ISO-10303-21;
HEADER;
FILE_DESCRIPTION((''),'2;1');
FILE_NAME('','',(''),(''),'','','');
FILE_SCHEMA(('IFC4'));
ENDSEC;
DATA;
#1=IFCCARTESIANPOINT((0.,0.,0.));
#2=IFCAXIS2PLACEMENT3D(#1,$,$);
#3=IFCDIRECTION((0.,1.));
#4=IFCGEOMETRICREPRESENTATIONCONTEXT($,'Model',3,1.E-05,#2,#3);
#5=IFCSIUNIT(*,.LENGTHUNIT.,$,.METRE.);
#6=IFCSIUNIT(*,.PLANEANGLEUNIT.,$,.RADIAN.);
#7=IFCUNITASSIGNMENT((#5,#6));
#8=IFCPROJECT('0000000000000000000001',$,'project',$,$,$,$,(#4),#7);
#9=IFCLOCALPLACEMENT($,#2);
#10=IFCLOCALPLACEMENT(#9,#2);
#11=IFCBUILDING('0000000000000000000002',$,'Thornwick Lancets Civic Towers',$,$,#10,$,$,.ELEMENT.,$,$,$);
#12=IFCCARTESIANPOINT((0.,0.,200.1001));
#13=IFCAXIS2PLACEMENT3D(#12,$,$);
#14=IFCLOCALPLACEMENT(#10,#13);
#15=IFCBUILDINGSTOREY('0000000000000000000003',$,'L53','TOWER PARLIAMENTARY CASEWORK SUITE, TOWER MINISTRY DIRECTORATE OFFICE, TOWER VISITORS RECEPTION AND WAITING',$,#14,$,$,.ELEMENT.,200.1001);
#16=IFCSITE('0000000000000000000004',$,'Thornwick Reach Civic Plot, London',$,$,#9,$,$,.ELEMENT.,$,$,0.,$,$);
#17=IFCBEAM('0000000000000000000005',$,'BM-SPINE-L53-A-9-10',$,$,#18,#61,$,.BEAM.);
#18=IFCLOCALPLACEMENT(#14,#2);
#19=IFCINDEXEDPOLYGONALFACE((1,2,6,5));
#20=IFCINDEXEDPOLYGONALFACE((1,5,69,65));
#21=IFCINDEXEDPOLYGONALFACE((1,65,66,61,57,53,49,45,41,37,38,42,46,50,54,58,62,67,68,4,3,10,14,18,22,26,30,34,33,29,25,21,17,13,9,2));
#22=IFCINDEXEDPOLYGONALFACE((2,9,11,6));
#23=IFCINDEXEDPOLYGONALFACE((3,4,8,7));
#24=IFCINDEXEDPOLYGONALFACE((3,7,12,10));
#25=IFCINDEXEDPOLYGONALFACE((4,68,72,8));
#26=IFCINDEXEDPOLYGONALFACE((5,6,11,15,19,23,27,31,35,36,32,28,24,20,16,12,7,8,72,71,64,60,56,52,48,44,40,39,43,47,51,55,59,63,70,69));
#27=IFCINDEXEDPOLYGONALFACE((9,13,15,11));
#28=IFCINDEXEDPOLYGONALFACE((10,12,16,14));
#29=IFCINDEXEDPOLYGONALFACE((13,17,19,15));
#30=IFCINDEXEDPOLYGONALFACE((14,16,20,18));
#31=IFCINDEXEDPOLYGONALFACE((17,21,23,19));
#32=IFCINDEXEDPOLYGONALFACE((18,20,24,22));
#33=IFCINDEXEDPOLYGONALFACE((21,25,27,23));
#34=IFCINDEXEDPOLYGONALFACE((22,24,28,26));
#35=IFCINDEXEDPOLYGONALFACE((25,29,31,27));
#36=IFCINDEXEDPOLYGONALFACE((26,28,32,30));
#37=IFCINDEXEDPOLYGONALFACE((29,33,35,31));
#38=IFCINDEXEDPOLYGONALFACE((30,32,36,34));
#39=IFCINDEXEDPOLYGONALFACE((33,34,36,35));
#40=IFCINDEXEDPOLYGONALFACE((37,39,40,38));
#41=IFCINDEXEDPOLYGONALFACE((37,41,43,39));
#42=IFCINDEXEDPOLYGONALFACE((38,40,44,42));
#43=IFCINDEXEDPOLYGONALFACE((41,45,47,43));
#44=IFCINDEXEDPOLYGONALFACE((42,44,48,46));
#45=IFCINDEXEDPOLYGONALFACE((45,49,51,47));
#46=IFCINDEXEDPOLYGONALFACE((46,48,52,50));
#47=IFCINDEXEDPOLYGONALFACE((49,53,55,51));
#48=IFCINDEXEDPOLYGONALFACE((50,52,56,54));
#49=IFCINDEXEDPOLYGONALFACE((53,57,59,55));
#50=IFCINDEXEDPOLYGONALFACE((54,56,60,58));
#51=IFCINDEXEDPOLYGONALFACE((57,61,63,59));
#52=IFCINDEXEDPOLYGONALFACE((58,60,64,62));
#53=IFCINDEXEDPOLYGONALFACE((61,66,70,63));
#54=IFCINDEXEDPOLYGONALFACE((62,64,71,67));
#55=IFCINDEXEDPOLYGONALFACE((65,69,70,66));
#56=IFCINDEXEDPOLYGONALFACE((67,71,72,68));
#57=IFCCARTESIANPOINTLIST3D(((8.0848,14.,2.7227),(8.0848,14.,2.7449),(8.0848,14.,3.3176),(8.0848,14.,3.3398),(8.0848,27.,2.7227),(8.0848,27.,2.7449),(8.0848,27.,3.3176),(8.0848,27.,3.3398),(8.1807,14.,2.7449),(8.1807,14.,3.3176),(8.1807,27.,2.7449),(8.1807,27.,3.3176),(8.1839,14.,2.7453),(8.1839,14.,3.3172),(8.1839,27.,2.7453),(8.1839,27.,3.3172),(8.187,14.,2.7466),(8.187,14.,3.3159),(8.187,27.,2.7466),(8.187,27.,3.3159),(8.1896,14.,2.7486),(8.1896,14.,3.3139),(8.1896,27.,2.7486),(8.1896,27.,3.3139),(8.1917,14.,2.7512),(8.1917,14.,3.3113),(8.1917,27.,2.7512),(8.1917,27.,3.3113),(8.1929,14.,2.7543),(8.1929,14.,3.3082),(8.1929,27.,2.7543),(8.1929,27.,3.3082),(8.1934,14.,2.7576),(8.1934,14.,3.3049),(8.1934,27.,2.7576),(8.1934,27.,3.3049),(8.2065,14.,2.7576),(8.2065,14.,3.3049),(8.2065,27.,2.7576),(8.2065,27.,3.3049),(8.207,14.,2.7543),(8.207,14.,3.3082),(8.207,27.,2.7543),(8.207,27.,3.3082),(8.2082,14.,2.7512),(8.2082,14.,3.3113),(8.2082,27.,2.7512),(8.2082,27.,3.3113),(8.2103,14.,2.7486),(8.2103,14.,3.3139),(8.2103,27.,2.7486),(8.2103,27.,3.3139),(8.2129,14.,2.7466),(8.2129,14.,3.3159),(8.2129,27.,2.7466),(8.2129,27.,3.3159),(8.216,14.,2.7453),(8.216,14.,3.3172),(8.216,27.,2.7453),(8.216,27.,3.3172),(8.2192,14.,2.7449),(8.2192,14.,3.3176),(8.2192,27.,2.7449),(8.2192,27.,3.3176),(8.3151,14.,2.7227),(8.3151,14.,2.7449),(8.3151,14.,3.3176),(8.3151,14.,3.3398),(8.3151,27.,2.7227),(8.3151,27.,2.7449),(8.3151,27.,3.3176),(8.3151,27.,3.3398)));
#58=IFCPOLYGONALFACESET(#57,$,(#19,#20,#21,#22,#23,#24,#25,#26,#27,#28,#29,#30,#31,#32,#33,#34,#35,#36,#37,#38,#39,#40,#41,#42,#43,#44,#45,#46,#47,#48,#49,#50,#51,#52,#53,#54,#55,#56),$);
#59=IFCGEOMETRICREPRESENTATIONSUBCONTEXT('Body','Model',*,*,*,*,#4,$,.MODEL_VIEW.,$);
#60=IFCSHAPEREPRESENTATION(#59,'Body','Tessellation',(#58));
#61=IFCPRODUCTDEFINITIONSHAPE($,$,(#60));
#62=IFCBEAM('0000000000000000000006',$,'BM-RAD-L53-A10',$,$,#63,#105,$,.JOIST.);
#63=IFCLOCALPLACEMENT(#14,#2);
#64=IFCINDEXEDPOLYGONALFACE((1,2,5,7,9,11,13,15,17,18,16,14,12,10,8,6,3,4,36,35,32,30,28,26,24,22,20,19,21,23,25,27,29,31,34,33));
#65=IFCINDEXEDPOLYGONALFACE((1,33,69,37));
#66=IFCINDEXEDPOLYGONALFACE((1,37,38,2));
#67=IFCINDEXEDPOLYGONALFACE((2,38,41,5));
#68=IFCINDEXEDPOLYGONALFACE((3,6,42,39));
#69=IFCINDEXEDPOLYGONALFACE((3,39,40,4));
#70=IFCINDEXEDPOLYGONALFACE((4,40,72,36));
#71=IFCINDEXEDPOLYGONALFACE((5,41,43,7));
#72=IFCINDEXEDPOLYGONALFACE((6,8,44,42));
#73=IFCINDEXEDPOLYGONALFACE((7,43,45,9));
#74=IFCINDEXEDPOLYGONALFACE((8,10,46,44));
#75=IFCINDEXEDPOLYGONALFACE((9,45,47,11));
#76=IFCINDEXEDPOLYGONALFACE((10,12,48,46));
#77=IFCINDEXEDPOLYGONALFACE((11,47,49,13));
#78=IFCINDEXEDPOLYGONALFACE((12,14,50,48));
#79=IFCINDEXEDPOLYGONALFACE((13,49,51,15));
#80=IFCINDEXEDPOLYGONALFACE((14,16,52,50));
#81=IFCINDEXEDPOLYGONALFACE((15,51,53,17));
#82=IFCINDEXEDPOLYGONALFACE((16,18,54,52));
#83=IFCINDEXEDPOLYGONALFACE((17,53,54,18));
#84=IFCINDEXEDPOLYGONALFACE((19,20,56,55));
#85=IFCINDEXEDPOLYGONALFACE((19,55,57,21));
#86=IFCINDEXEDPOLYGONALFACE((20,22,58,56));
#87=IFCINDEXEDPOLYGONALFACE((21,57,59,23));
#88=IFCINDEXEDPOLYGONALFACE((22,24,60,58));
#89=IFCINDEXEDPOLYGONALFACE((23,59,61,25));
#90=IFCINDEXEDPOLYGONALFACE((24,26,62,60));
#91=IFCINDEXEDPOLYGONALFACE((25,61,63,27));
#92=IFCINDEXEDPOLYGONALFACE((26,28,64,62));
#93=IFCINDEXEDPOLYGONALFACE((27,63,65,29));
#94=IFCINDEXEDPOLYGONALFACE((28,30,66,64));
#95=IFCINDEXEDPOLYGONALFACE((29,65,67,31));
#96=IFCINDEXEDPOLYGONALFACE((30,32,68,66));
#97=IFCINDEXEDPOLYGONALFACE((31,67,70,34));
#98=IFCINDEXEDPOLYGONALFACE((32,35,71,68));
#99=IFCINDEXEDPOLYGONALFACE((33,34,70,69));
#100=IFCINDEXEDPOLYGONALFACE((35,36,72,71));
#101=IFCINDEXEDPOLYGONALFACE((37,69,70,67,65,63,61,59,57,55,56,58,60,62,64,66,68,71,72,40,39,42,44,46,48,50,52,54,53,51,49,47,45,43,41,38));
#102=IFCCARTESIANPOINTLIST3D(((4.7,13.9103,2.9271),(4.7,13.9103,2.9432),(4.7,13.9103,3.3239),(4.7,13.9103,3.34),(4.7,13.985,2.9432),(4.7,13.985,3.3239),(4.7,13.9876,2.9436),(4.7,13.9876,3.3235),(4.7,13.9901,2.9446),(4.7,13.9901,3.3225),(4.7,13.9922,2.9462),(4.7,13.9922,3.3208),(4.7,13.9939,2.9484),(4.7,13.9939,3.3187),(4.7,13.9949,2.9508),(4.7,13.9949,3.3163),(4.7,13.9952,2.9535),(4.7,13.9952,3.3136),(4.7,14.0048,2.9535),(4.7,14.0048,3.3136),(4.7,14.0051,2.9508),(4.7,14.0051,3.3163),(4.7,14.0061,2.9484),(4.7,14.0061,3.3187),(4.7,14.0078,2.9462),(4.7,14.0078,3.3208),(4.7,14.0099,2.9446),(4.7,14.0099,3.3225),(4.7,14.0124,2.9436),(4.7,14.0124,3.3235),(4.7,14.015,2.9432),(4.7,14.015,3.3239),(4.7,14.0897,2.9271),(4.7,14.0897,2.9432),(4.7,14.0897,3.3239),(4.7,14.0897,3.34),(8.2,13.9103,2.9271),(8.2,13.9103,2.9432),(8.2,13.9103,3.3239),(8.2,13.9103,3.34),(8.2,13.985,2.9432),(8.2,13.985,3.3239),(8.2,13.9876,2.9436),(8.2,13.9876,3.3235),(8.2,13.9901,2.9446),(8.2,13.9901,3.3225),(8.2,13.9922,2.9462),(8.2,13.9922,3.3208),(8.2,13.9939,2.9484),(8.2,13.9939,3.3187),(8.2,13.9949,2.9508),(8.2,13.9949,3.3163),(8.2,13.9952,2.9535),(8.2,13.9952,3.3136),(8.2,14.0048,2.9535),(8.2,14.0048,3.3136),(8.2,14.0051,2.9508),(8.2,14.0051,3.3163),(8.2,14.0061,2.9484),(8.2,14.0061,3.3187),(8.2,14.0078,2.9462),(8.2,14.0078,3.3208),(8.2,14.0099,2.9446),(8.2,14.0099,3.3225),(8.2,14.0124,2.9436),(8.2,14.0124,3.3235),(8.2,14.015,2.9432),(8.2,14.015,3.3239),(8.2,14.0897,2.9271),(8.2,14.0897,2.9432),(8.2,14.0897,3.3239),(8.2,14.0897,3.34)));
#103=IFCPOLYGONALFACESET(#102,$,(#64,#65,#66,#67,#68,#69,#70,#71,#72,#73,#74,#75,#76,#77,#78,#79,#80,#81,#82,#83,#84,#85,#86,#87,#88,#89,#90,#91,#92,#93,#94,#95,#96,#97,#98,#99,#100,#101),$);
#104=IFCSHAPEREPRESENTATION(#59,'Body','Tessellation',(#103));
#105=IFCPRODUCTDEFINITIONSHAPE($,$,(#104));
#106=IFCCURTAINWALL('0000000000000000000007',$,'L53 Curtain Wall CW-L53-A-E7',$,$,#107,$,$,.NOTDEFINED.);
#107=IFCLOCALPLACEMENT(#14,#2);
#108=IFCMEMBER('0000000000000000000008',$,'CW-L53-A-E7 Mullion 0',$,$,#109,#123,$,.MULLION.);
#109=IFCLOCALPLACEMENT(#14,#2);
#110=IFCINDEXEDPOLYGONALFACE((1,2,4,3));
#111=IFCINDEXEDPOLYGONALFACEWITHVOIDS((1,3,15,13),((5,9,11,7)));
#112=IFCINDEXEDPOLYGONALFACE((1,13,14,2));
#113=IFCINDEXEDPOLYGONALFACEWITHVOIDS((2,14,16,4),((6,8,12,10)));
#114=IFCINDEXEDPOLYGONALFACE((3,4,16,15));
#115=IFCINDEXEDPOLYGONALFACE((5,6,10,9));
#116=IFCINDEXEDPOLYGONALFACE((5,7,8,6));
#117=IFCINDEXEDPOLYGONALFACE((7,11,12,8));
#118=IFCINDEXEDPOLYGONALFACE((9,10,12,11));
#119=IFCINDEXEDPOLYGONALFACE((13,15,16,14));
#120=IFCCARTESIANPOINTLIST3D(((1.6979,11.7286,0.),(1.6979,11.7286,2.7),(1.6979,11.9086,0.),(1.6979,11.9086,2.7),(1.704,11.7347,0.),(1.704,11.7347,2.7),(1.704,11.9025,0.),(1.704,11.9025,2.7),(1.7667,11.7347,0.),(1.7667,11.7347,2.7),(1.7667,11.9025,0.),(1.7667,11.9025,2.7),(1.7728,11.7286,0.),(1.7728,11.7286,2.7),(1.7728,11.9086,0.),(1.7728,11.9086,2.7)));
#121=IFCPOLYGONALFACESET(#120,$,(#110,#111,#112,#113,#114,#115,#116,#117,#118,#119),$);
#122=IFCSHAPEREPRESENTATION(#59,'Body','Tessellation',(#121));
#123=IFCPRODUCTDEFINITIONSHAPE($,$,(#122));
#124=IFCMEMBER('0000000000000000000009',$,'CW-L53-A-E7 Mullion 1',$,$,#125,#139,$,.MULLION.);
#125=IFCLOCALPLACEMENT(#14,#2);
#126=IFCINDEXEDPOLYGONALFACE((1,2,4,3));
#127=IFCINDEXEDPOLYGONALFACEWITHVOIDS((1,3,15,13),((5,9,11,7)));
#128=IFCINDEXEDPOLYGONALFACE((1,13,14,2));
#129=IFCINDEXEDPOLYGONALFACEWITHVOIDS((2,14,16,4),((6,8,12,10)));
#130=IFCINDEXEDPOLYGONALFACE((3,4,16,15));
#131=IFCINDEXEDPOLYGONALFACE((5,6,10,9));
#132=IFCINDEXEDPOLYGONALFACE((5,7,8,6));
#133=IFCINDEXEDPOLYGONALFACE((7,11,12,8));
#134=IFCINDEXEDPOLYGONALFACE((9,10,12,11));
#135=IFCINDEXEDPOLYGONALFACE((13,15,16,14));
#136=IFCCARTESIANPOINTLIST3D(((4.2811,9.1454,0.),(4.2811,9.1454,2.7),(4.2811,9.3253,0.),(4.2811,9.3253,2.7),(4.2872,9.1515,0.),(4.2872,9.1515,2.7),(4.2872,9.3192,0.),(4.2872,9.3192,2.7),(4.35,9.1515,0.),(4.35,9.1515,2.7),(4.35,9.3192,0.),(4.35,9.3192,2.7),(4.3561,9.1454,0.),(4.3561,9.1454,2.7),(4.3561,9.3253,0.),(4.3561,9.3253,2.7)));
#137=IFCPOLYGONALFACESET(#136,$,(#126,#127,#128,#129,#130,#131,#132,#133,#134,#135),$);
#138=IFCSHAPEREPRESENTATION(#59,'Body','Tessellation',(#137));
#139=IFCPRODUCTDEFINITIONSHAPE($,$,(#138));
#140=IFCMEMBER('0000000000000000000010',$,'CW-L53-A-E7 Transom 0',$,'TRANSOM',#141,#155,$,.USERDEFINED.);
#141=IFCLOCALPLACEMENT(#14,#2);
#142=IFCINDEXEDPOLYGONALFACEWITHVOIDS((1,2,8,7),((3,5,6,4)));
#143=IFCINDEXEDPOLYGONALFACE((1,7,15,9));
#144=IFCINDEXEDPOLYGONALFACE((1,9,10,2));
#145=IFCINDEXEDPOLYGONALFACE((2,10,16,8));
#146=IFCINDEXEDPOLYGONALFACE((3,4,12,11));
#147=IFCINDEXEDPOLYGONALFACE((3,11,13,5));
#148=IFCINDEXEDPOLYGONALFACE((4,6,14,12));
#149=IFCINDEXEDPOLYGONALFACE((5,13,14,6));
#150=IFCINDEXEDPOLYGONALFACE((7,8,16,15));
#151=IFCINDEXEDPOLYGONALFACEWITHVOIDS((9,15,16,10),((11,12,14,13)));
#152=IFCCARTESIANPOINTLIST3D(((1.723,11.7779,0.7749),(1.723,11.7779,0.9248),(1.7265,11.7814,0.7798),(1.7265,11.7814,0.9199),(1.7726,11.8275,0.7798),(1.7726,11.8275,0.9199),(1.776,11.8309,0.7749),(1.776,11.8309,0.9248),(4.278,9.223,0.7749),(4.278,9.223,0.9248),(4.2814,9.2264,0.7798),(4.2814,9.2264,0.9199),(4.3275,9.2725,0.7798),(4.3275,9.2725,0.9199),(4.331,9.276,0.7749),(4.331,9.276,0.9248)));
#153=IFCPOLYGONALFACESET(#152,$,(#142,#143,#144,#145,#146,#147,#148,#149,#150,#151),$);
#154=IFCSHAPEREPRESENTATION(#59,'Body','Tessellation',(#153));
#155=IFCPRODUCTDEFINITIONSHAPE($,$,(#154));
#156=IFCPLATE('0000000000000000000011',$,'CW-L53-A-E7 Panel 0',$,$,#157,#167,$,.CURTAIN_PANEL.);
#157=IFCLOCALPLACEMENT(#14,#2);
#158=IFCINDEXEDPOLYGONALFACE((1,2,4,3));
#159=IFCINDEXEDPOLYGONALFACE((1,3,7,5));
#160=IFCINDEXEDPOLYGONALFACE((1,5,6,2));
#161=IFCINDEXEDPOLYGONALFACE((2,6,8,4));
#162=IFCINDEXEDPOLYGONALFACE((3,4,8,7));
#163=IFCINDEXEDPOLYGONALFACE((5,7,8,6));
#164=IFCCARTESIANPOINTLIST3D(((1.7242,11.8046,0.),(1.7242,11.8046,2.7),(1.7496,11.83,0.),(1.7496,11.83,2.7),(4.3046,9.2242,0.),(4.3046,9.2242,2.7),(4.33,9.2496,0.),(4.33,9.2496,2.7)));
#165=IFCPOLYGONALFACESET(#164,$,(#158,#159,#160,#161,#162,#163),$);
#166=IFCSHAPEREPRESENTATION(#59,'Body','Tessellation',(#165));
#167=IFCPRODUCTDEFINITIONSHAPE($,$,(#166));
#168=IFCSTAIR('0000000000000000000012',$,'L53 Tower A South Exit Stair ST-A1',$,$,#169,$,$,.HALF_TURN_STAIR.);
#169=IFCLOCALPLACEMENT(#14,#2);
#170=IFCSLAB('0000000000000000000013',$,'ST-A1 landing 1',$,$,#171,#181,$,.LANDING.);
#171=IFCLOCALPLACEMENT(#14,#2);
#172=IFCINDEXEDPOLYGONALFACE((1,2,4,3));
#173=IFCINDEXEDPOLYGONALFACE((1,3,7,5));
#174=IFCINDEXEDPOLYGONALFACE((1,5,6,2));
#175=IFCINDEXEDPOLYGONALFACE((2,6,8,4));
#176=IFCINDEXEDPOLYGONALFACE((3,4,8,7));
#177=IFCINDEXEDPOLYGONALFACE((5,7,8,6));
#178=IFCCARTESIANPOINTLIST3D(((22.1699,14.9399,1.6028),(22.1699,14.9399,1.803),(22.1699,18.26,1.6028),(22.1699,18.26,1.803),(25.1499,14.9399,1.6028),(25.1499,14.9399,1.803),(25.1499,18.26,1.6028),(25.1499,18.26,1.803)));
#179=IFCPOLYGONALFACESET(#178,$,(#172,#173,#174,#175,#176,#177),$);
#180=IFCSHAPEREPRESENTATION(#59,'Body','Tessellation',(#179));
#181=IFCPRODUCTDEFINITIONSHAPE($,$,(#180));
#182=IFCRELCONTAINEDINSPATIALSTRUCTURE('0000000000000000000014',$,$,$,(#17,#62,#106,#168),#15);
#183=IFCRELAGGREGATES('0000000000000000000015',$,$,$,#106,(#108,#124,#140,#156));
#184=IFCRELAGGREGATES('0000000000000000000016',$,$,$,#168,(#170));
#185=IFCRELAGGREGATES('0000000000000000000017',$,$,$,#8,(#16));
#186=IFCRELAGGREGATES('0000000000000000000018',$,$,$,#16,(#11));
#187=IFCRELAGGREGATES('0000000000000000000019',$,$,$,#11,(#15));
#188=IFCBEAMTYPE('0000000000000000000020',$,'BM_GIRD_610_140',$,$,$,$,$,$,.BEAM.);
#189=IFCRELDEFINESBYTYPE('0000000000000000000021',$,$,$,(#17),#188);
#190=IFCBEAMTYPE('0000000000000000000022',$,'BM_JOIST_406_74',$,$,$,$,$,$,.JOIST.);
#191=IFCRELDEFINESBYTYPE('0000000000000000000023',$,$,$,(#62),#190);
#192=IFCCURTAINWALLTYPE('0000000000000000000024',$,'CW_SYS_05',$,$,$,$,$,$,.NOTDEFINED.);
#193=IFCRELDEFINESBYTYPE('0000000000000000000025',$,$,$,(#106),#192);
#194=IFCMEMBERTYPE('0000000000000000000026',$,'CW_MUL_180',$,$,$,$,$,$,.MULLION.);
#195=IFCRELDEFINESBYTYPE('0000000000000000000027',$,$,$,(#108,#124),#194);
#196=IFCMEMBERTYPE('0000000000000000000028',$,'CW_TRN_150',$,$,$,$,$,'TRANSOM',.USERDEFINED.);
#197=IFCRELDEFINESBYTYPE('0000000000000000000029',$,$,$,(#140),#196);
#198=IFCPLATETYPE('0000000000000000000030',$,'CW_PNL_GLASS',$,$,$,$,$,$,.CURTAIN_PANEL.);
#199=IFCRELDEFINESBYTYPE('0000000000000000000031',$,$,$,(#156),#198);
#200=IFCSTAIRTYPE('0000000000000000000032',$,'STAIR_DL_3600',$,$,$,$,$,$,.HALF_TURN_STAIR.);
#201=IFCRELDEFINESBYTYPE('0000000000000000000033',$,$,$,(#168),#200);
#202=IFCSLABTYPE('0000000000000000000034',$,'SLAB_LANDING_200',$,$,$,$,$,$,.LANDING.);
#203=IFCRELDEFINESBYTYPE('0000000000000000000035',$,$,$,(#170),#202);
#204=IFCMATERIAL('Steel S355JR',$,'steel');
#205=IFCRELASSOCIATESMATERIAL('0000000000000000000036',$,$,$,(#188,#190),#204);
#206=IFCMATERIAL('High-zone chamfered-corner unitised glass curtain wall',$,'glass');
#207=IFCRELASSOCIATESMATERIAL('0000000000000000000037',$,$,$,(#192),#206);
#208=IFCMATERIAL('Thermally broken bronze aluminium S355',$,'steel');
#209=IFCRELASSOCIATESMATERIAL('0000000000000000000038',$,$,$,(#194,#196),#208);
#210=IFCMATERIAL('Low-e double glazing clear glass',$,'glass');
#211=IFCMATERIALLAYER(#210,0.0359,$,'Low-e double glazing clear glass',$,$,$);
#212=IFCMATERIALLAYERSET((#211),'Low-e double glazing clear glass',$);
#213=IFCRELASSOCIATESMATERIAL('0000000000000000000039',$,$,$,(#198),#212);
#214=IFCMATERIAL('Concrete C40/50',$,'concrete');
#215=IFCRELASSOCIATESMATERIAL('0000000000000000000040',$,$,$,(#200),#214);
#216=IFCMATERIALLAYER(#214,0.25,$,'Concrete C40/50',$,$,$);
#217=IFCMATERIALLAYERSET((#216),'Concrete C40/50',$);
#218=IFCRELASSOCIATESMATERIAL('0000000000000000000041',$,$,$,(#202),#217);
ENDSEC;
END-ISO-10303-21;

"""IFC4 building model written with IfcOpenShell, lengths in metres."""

from ifc_helpers import new_model, si_unit, direction, frame, origin, origin_2d, place, context, subcontext, project, spatial, polyline, rectangle, hollow_rectangle, i_section, outline, extrude, material, layer, layer_set, material_profile, profile_set, type_object, element, aggregate, save


model = new_model("IFC4")

# Units and contexts
model_context = context("Model", 3, precision=1e-05, world=origin(), true_north=direction((0.0, 1.0)))
body_context = subcontext(model_context, "Body", "Model", "MODEL_VIEW")
ifc_project = project(units=[si_unit("LENGTHUNIT", "METRE"), si_unit("PLANEANGLEUNIT", "RADIAN")], contexts=[model_context])

# Site, building, storey
site_placement = place(None, origin())
site = spatial("IfcSite", under=ifc_project, at=site_placement, Name="Thornwick Reach Civic Plot, London", CompositionType="ELEMENT", RefElevation=0.0)
building_placement = place(site_placement, origin())
building = spatial("IfcBuilding", under=site, at=building_placement, Name="Thornwick Lancets Civic Towers", CompositionType="ELEMENT")
storey_placement = place(building_placement, frame((0.0, 0.0, 200.1001)))
storey = spatial("IfcBuildingStorey", under=building, at=storey_placement, Name="L53", Description="TOWER PARLIAMENTARY CASEWORK SUITE, TOWER MINISTRY DIRECTORATE OFFICE, TOWER VISITORS RECEPTION AND WAITING", CompositionType="ELEMENT", Elevation=200.1001)

# Shared definitions
ifc_material_1 = material(Name="Steel S355JR", Category="steel")

# Beams
ifc_material_profile_1 = material_profile(ifc_material_1, i_section(OverallWidth=0.2302, OverallDepth=0.6172, WebThickness=0.0132, FlangeThickness=0.0222, FilletRadius=0.0127, at=origin_2d()), Name="UKB 610x229x140")
ifc_profile_set_1 = profile_set([ifc_material_profile_1], Name="Steel S355JR")
beam_type_1 = type_object("IfcBeamType", Name="BM_GIRD_610_140", PredefinedType="BEAM", material=ifc_profile_set_1)
for number, where, z_axis, x_axis, name in (
    (1, (8.2, 14.0, 3.0312), (0.0, 1.0, 0.0), (-1.0, 0.0, 0.0), "BM-SPINE-L53-A-9-10"),
):
    element("IfcBeam", number, at=place(storey_placement, frame(where, z_axis=z_axis, x_axis=x_axis)), inside=storey, type_object=beam_type_1, Name=name, PredefinedType="BEAM", context=body_context, shape_type="SweptSolid", body=[
        extrude(i_section(OverallWidth=0.2302, OverallDepth=0.6172, WebThickness=0.0132, FlangeThickness=0.0222, FilletRadius=0.0127, at=origin_2d()), origin(), (0.0, 0.0, 1.0), 13.0),
    ])
ifc_material_profile_2 = material_profile(ifc_material_1, i_section(OverallWidth=0.1794, OverallDepth=0.4128, WebThickness=0.0095, FlangeThickness=0.0161, FilletRadius=0.0103, at=origin_2d()), Name="UKB 406x178x74")
ifc_profile_set_2 = profile_set([ifc_material_profile_2], Name="Steel S355JR")
beam_type_2 = type_object("IfcBeamType", Name="BM_JOIST_406_74", PredefinedType="JOIST", material=ifc_profile_set_2)
beam_1_placement = place(storey_placement, frame((8.2, 14.0, 3.1335), z_axis=(-1.0, 0.0, 0.0), x_axis=(0.0, -1.0, 0.0)))
element("IfcBeam", 2, at=beam_1_placement, inside=storey, type_object=beam_type_2, Name="BM-RAD-L53-A10", PredefinedType="JOIST", context=body_context, shape_type="SweptSolid", body=[
    extrude(i_section(OverallWidth=0.1794, OverallDepth=0.4128, WebThickness=0.0095, FlangeThickness=0.0161, FilletRadius=0.0103, at=origin_2d()), origin(), (0.0, 0.0, 1.0), 3.5),
])

# Curtain wall, members, plate
ifc_material_2 = material(Name="High-zone chamfered-corner unitised glass curtain wall", Category="glass")
curtain_wall_type = type_object("IfcCurtainWallType", Name="CW_SYS_05", PredefinedType="NOTDEFINED", material=ifc_material_2)
curtain_wall_placement = place(storey_placement, origin())
curtain_wall = element("IfcCurtainWall", 3, at=curtain_wall_placement, inside=storey, type_object=curtain_wall_type, Name="L53 Curtain Wall CW-L53-A-E7", PredefinedType="NOTDEFINED")
ifc_material_3 = material(Name="Thermally broken bronze aluminium S355", Category="steel")
ifc_material_profile_3 = material_profile(ifc_material_3, hollow_rectangle(XDim=0.075, YDim=0.1799, WallThickness=0.0061, at=origin_2d()), Name="RHS 180x75x6")
ifc_profile_set_3 = profile_set([ifc_material_profile_3], Name="Thermally broken bronze aluminium S355")
member_type_1 = type_object("IfcMemberType", Name="CW_MUL_180", PredefinedType="MULLION", material=ifc_profile_set_3)
member_1_placement = place(storey_placement, frame((1.7354, 11.8186, 0.0), z_axis=(0.0, 0.0, 1.0), x_axis=(1.0, 0.0, 0.0)))
member_1 = element("IfcMember", 4, at=member_1_placement, type_object=member_type_1, Name="CW-L53-A-E7 Mullion 0", PredefinedType="MULLION", context=body_context, shape_type="SweptSolid", body=[
    extrude(hollow_rectangle(XDim=0.075, YDim=0.1799, WallThickness=0.0061, at=origin_2d()), origin(), (0.0, 0.0, 1.0), 2.7),
])
member_2_placement = place(storey_placement, frame((4.3186, 9.2354, 0.0), z_axis=(0.0, 0.0, 1.0), x_axis=(1.0, 0.0, 0.0)))
member_2 = element("IfcMember", 5, at=member_2_placement, type_object=member_type_1, Name="CW-L53-A-E7 Mullion 1", PredefinedType="MULLION", context=body_context, shape_type="SweptSolid", body=[
    extrude(hollow_rectangle(XDim=0.075, YDim=0.1799, WallThickness=0.0061, at=origin_2d()), origin(), (0.0, 0.0, 1.0), 2.7),
])
ifc_material_profile_4 = material_profile(ifc_material_3, hollow_rectangle(XDim=0.075, YDim=0.1499, WallThickness=0.0049, at=origin_2d()), Name="RHS 150x75x5")
ifc_profile_set_4 = profile_set([ifc_material_profile_4], Name="Thermally broken bronze aluminium S355")
member_type_2 = type_object("IfcMemberType", Name="CW_TRN_150", ElementType="TRANSOM", PredefinedType="USERDEFINED", material=ifc_profile_set_4)
member_3_placement = place(storey_placement, frame((1.7495, 11.8044, 0.8499), z_axis=(0.707107, -0.707107, 0.0), x_axis=(0.707107, 0.707107, 0.0)))
member_3 = element("IfcMember", 6, at=member_3_placement, type_object=member_type_2, Name="CW-L53-A-E7 Transom 0", ObjectType="TRANSOM", PredefinedType="USERDEFINED", context=body_context, shape_type="SweptSolid", body=[
    extrude(hollow_rectangle(XDim=0.075, YDim=0.1499, WallThickness=0.0049, at=origin_2d()), origin(), (0.0, 0.0, 1.0), 3.6133),
])
ifc_material_4 = material(Name="Low-e double glazing clear glass", Category="glass")
ifc_layer_1 = layer(ifc_material_4, 0.0359, Name="Low-e double glazing clear glass")
ifc_layer_set_1 = layer_set([ifc_layer_1], Name="Low-e double glazing clear glass")
plate_type = type_object("IfcPlateType", Name="CW_PNL_GLASS", PredefinedType="CURTAIN_PANEL", material=ifc_layer_set_1)
plate_placement = place(storey_placement, frame((3.0271, 10.5271, 0.0), z_axis=(0.0, 0.0, 1.0), x_axis=(0.707107, -0.707107, 0.0)))
plate = element("IfcPlate", 7, at=plate_placement, type_object=plate_type, Name="CW-L53-A-E7 Panel 0", PredefinedType="CURTAIN_PANEL", context=body_context, shape_type="SweptSolid", body=[
    extrude(rectangle(XDim=3.6492, YDim=0.0359, at=origin_2d()), origin(), (0.0, 0.0, 1.0), 2.7),
])
aggregate(curtain_wall, [member_1, member_2, member_3, plate])

# Stair, slab
ifc_material_5 = material(Name="Concrete C40/50", Category="concrete")
stair_type = type_object("IfcStairType", Name="STAIR_DL_3600", PredefinedType="HALF_TURN_STAIR", material=ifc_material_5)
stair_1_placement = place(storey_placement, origin())
stair_1 = element("IfcStair", 8, at=stair_1_placement, inside=storey, type_object=stair_type, Name="L53 Tower A South Exit Stair ST-A1", PredefinedType="HALF_TURN_STAIR")
ifc_layer_2 = layer(ifc_material_5, 0.25, Name="Concrete C40/50")
ifc_layer_set_2 = layer_set([ifc_layer_2], Name="Concrete C40/50")
slab_type_1 = type_object("IfcSlabType", Name="SLAB_LANDING_200", PredefinedType="LANDING", material=ifc_layer_set_2)
slab_1_placement = place(storey_placement, frame((0.0, 0.0, 1.6028)))
slab_1 = element("IfcSlab", 9, at=slab_1_placement, type_object=slab_type_1, Name="ST-A1 landing 1", PredefinedType="LANDING", context=body_context, shape_type="SweptSolid", body=[
    extrude(outline(polyline([(22.1699, 14.9399), (25.1499, 14.9399), (25.1499, 18.26), (22.1699, 18.26), (22.1699, 14.9399)])), origin(), (0.0, 0.0, 1.0), 0.2002),
])
aggregate(stair_1, [slab_1])

save(model, "model.ifc")
